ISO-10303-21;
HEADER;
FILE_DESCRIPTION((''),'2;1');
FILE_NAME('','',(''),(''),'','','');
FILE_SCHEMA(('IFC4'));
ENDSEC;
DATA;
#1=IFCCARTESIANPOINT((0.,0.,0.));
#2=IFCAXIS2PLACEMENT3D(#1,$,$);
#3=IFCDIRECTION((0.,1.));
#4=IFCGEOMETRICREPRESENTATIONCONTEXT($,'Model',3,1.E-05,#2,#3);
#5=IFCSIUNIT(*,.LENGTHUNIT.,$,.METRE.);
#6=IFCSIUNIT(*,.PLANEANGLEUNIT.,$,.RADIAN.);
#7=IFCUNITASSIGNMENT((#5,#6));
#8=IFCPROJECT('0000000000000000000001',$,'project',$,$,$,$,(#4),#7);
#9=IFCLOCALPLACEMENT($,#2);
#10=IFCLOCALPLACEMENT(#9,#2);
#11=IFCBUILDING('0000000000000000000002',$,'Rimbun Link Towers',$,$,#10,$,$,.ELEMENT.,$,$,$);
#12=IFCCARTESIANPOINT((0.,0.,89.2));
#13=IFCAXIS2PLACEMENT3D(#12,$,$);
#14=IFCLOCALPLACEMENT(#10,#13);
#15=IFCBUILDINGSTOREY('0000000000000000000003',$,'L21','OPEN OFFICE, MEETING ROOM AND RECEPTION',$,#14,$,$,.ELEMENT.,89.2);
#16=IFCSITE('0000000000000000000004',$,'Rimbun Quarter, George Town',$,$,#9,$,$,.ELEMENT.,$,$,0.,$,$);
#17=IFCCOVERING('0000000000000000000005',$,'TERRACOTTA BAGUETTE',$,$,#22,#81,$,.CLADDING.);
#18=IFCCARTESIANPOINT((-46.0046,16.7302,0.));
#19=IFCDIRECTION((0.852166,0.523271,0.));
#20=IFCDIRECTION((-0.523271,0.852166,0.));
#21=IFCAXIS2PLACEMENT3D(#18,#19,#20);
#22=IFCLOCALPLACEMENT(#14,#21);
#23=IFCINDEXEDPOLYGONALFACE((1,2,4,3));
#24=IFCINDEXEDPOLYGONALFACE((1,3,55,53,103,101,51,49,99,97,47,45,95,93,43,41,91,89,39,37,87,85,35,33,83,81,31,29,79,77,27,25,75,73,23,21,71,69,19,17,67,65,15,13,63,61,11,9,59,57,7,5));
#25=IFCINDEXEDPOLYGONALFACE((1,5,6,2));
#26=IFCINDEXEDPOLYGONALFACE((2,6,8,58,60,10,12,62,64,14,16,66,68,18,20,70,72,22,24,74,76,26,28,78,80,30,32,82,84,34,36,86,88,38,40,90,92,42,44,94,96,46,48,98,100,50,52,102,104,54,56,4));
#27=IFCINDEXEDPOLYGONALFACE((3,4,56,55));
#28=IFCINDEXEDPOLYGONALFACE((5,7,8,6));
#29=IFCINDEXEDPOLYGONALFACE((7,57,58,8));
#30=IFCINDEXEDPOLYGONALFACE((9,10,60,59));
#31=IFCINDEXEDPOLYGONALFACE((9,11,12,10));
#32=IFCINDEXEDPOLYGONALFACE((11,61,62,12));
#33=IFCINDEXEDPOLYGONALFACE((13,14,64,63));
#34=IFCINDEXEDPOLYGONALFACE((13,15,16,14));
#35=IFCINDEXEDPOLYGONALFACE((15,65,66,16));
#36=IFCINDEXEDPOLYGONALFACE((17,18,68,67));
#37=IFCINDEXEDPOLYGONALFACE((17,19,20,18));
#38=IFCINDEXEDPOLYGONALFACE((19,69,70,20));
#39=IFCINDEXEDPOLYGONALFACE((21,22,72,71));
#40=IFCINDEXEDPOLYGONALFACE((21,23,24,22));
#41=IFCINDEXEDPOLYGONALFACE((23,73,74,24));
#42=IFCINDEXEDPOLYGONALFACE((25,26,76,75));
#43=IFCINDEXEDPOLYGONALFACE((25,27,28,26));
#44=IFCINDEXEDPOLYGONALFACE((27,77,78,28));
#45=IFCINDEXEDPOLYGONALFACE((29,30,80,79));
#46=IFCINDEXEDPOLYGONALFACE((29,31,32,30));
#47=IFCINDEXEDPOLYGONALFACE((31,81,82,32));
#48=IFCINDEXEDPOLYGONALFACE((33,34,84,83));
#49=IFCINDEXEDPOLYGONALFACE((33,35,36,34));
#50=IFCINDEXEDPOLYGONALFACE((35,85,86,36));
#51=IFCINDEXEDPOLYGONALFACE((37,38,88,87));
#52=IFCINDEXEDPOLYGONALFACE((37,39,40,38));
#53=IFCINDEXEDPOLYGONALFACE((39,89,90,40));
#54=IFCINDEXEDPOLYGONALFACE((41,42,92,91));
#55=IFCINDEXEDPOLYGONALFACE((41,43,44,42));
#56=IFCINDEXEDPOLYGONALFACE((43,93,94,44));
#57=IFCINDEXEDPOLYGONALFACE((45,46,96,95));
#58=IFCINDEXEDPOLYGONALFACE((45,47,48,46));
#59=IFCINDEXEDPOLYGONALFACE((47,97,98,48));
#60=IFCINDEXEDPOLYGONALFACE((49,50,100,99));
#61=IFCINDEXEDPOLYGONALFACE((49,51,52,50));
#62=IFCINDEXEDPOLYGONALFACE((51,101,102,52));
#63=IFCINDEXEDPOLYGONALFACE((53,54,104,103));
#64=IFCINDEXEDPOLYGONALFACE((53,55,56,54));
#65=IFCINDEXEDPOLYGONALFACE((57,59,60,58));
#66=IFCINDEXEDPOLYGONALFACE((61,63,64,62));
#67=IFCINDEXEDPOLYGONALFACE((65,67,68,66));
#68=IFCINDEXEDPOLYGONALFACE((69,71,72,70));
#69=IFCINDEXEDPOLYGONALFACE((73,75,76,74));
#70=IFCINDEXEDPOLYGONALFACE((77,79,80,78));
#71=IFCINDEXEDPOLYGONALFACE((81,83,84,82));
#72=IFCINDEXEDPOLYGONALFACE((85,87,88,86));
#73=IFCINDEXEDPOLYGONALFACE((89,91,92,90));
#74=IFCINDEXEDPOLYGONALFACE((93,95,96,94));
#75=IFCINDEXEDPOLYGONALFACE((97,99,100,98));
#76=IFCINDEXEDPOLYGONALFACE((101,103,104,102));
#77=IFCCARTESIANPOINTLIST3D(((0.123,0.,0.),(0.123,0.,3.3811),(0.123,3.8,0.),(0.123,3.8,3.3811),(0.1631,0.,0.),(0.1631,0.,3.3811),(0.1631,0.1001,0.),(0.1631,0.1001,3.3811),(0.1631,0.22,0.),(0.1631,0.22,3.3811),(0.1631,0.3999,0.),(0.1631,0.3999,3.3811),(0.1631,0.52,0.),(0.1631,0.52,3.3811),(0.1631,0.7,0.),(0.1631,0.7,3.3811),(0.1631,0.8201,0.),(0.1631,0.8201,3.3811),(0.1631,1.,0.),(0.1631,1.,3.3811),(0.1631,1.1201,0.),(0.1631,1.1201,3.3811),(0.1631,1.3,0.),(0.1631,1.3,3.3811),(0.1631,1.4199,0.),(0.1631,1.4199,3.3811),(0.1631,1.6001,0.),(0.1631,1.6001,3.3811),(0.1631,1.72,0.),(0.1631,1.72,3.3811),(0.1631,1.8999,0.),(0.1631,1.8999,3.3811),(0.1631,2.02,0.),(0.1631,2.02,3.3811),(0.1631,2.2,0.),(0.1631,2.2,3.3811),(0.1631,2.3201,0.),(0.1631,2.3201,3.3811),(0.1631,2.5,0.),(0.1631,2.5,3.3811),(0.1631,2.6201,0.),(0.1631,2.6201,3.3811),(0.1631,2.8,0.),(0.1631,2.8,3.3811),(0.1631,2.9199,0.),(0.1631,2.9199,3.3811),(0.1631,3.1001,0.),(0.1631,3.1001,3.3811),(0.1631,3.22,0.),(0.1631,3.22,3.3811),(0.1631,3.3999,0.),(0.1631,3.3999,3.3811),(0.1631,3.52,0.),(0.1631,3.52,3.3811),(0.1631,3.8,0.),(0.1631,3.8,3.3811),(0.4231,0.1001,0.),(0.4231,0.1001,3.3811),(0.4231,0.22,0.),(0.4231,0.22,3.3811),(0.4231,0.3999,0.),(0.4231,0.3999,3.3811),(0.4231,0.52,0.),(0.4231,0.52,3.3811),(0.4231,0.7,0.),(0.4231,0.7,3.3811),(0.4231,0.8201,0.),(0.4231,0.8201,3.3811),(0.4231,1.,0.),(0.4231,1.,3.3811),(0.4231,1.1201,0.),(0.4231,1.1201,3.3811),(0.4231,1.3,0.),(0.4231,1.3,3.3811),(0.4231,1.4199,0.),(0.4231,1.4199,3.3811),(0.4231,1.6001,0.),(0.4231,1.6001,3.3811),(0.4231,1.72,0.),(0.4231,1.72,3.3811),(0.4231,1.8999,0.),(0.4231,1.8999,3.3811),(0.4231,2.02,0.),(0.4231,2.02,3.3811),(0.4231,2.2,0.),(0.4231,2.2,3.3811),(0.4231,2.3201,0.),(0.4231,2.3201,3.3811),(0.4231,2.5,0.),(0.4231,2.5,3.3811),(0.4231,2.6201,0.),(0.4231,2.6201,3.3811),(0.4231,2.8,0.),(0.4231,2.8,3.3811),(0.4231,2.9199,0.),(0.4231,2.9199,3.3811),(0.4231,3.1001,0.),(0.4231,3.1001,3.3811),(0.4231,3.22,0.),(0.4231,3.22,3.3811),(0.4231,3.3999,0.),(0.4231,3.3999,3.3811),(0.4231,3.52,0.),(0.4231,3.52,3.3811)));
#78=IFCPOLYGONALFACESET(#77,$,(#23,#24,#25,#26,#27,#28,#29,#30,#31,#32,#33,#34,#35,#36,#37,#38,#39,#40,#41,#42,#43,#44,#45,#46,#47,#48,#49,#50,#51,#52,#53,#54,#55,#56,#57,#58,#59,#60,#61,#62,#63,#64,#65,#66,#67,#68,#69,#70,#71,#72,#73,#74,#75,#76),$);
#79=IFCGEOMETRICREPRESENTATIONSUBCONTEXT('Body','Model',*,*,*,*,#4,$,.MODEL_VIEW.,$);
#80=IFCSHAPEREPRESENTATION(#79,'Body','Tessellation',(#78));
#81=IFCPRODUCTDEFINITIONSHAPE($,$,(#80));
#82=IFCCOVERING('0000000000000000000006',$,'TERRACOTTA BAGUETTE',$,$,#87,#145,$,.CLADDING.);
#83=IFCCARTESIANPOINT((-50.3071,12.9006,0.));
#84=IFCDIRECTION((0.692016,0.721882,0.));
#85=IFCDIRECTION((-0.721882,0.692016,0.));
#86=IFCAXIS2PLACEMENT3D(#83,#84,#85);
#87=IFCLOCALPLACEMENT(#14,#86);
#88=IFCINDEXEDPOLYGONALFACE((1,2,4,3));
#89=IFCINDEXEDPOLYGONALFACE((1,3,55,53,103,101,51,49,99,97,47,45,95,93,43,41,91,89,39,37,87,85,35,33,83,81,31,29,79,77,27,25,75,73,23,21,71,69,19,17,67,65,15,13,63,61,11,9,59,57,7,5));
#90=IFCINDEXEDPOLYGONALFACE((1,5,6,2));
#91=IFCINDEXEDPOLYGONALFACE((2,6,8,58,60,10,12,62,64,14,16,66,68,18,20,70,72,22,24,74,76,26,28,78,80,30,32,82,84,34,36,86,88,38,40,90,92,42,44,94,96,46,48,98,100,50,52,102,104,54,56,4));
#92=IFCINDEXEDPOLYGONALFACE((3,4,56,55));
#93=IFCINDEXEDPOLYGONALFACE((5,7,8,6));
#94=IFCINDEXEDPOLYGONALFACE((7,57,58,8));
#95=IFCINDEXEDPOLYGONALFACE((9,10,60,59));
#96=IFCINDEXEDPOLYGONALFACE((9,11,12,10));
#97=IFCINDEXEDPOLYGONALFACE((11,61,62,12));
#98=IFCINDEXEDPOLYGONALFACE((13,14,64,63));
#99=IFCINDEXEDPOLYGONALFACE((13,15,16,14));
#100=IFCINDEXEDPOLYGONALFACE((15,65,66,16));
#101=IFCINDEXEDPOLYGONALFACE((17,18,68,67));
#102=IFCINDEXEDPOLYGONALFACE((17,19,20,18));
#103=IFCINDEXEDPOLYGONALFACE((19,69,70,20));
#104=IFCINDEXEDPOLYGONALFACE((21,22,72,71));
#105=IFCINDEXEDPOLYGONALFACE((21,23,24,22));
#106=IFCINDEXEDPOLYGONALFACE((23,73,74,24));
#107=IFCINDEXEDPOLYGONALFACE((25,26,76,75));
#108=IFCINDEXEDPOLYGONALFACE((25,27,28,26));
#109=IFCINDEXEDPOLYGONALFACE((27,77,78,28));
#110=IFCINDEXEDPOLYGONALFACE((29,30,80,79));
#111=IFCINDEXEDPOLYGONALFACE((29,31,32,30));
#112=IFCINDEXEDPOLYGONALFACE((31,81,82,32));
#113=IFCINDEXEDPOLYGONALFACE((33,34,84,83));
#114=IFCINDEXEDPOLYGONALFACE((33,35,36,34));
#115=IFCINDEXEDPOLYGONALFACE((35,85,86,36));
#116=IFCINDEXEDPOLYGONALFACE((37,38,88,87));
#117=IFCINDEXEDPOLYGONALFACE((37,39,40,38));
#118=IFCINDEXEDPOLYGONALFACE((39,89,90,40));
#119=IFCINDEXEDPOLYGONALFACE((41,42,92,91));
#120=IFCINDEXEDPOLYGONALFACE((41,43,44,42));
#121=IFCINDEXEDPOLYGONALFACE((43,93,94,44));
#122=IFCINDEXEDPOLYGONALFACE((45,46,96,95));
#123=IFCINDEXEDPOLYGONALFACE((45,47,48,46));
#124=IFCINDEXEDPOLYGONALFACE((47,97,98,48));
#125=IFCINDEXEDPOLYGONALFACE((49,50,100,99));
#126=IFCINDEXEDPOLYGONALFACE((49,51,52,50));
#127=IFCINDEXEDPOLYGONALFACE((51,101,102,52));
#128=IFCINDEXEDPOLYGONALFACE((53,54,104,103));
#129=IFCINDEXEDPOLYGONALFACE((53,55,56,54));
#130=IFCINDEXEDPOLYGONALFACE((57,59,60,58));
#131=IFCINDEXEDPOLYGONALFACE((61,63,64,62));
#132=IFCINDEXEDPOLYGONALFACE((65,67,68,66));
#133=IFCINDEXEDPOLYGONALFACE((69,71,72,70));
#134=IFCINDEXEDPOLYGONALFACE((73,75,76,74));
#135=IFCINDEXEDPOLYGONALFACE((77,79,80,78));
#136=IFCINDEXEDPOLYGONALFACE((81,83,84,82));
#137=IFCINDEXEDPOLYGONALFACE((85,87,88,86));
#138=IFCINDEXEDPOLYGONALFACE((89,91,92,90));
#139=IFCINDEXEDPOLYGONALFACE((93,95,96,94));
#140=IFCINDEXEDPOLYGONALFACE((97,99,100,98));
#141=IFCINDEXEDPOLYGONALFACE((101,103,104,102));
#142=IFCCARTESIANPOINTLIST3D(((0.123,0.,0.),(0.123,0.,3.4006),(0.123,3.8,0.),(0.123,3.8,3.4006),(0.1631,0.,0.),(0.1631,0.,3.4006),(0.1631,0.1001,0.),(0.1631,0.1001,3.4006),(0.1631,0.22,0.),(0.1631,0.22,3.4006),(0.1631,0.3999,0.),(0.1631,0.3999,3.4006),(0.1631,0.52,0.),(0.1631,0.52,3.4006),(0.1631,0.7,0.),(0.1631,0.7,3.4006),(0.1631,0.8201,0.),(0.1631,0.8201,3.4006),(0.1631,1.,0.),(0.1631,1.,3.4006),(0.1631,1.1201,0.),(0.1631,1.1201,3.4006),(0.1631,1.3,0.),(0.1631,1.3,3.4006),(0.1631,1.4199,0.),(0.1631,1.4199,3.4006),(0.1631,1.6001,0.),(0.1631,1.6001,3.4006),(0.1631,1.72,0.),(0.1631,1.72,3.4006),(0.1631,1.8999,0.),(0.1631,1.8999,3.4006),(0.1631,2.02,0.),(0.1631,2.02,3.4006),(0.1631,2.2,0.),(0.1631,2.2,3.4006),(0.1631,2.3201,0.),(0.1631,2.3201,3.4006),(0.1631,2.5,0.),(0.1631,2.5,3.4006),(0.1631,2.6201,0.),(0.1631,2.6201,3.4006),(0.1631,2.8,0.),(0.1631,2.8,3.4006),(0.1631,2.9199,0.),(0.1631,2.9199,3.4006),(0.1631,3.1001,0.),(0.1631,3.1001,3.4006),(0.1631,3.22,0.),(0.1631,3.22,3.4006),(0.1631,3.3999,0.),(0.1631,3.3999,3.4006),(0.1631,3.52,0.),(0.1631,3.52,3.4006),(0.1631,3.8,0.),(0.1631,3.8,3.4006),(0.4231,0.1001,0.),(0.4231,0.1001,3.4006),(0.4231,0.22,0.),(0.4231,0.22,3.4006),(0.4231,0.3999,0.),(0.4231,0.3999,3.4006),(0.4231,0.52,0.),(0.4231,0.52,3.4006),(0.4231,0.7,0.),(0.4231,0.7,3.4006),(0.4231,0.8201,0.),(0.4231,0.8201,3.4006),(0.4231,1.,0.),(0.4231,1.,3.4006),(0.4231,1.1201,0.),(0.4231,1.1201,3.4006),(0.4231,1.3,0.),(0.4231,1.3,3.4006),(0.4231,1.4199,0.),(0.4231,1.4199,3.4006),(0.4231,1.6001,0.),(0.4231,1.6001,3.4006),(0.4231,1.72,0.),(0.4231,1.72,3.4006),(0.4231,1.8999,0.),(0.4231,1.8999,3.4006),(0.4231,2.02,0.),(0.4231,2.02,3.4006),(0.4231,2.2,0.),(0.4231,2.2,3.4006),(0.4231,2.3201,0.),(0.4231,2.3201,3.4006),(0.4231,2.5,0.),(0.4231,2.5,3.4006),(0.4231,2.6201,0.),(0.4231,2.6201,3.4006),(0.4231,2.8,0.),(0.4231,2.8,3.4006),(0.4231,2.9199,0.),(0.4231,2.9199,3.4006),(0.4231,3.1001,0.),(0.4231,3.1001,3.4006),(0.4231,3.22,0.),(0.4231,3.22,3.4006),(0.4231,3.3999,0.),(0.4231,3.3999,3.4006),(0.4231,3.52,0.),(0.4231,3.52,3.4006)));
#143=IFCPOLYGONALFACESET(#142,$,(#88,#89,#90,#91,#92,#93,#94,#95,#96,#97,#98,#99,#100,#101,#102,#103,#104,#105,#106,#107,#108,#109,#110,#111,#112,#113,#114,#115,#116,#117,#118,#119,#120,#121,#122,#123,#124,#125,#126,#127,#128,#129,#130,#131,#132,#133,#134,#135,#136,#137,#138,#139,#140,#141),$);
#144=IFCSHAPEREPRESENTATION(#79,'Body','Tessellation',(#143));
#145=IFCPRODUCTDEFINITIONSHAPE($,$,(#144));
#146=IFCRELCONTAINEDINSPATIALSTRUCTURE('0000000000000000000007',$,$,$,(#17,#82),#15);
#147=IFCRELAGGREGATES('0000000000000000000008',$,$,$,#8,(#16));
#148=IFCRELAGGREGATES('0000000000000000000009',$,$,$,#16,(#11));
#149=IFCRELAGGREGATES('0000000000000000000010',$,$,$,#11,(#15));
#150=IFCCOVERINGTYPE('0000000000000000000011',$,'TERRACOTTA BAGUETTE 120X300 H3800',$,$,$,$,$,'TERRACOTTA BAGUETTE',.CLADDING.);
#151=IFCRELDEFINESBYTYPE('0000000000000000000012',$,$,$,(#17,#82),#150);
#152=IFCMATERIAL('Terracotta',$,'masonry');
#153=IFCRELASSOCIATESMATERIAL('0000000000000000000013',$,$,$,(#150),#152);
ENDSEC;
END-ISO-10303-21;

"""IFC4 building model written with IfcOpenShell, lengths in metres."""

from ifc_helpers import new_model, si_unit, direction, frame, origin, place, context, subcontext, project, spatial, polyline, outline, extrude, material, material_profile, profile_set, type_object, element, save


model = new_model("IFC4")

# Units and contexts
model_context = context("Model", 3, precision=1e-05, world=origin(), true_north=direction((0.0, 1.0)))
body_context = subcontext(model_context, "Body", "Model", "MODEL_VIEW")
ifc_project = project(units=[si_unit("LENGTHUNIT", "METRE"), si_unit("PLANEANGLEUNIT", "RADIAN")], contexts=[model_context])

# Site, building, storey
site_placement = place(None, origin())
site = spatial("IfcSite", under=ifc_project, at=site_placement, Name="Rimbun Quarter, George Town", CompositionType="ELEMENT", RefElevation=0.0)
building_placement = place(site_placement, origin())
building = spatial("IfcBuilding", under=site, at=building_placement, Name="Rimbun Link Towers", CompositionType="ELEMENT")
storey_placement = place(building_placement, frame((0.0, 0.0, 89.2)))
storey = spatial("IfcBuildingStorey", under=building, at=storey_placement, Name="L21", Description="OPEN OFFICE, MEETING ROOM AND RECEPTION", CompositionType="ELEMENT", Elevation=89.2)

# Coverings
ifc_material_1 = material(Name="Terracotta", Category="masonry")
ifc_material_profile_1 = material_profile(ifc_material_1, outline(polyline([(0.123, 0.0), (0.1631, 0.0), (0.1631, 0.1001), (0.4231, 0.1001), (0.4231, 0.22), (0.1631, 0.22), (0.1631, 0.3999), (0.4231, 0.3999), (0.4231, 0.52), (0.1631, 0.52), (0.1631, 0.7), (0.4231, 0.7), (0.4231, 0.8201), (0.1631, 0.8201), (0.1631, 1.0), (0.4231, 1.0), (0.4231, 1.1201), (0.1631, 1.1201), (0.1631, 1.3), (0.4231, 1.3), (0.4231, 1.4199), (0.1631, 1.4199), (0.1631, 1.6001), (0.4231, 1.6001), (0.4231, 1.72), (0.1631, 1.72), (0.1631, 1.8999), (0.4231, 1.8999), (0.4231, 2.02), (0.1631, 2.02), (0.1631, 2.2), (0.4231, 2.2), (0.4231, 2.3201), (0.1631, 2.3201), (0.1631, 2.5), (0.4231, 2.5), (0.4231, 2.6201), (0.1631, 2.6201), (0.1631, 2.8), (0.4231, 2.8), (0.4231, 2.9199), (0.1631, 2.9199), (0.1631, 3.1001), (0.4231, 3.1001), (0.4231, 3.22), (0.1631, 3.22), (0.1631, 3.3999), (0.4231, 3.3999), (0.4231, 3.52), (0.1631, 3.52), (0.1631, 3.8), (0.123, 3.8), (0.123, 0.0)])), Name="BAGUETTE 120X300")
ifc_profile_set_1 = profile_set([ifc_material_profile_1], Name="Terracotta")
covering_type = type_object("IfcCoveringType", Name="TERRACOTTA BAGUETTE 120X300 H3800", ElementType="TERRACOTTA BAGUETTE", PredefinedType="CLADDING", material=ifc_profile_set_1)
covering_1_placement = place(storey_placement, frame((-46.0046, 16.7302, 0.0), z_axis=(0.852166, 0.523271, 0.0), x_axis=(-0.523271, 0.852166, 0.0)))
element("IfcCovering", 1, at=covering_1_placement, inside=storey, type_object=covering_type, Name="TERRACOTTA BAGUETTE", PredefinedType="CLADDING", context=body_context, shape_type="SweptSolid", body=[
    extrude(outline(polyline([(0.123, 0.0), (0.1631, 0.0), (0.1631, 0.1001), (0.4231, 0.1001), (0.4231, 0.22), (0.1631, 0.22), (0.1631, 0.3999), (0.4231, 0.3999), (0.4231, 0.52), (0.1631, 0.52), (0.1631, 0.7), (0.4231, 0.7), (0.4231, 0.8201), (0.1631, 0.8201), (0.1631, 1.0), (0.4231, 1.0), (0.4231, 1.1201), (0.1631, 1.1201), (0.1631, 1.3), (0.4231, 1.3), (0.4231, 1.4199), (0.1631, 1.4199), (0.1631, 1.6001), (0.4231, 1.6001), (0.4231, 1.72), (0.1631, 1.72), (0.1631, 1.8999), (0.4231, 1.8999), (0.4231, 2.02), (0.1631, 2.02), (0.1631, 2.2), (0.4231, 2.2), (0.4231, 2.3201), (0.1631, 2.3201), (0.1631, 2.5), (0.4231, 2.5), (0.4231, 2.6201), (0.1631, 2.6201), (0.1631, 2.8), (0.4231, 2.8), (0.4231, 2.9199), (0.1631, 2.9199), (0.1631, 3.1001), (0.4231, 3.1001), (0.4231, 3.22), (0.1631, 3.22), (0.1631, 3.3999), (0.4231, 3.3999), (0.4231, 3.52), (0.1631, 3.52), (0.1631, 3.8), (0.123, 3.8), (0.123, 0.0)])), origin(), (0.0, 0.0, 1.0), 3.3811),
])
covering_2_placement = place(storey_placement, frame((-50.3071, 12.9006, 0.0), z_axis=(0.692016, 0.721882, 0.0), x_axis=(-0.721882, 0.692016, 0.0)))
element("IfcCovering", 2, at=covering_2_placement, inside=storey, type_object=covering_type, Name="TERRACOTTA BAGUETTE", PredefinedType="CLADDING", context=body_context, shape_type="SweptSolid", body=[
    extrude(outline(polyline([(0.123, 0.0), (0.1631, 0.0), (0.1631, 0.1001), (0.4231, 0.1001), (0.4231, 0.22), (0.1631, 0.22), (0.1631, 0.3999), (0.4231, 0.3999), (0.4231, 0.52), (0.1631, 0.52), (0.1631, 0.7), (0.4231, 0.7), (0.4231, 0.8201), (0.1631, 0.8201), (0.1631, 1.0), (0.4231, 1.0), (0.4231, 1.1201), (0.1631, 1.1201), (0.1631, 1.3), (0.4231, 1.3), (0.4231, 1.4199), (0.1631, 1.4199), (0.1631, 1.6001), (0.4231, 1.6001), (0.4231, 1.72), (0.1631, 1.72), (0.1631, 1.8999), (0.4231, 1.8999), (0.4231, 2.02), (0.1631, 2.02), (0.1631, 2.2), (0.4231, 2.2), (0.4231, 2.3201), (0.1631, 2.3201), (0.1631, 2.5), (0.4231, 2.5), (0.4231, 2.6201), (0.1631, 2.6201), (0.1631, 2.8), (0.4231, 2.8), (0.4231, 2.9199), (0.1631, 2.9199), (0.1631, 3.1001), (0.4231, 3.1001), (0.4231, 3.22), (0.1631, 3.22), (0.1631, 3.3999), (0.4231, 3.3999), (0.4231, 3.52), (0.1631, 3.52), (0.1631, 3.8), (0.123, 3.8), (0.123, 0.0)])), origin(), (0.0, 0.0, 1.0), 3.4006),
])

save(model, "model.ifc")
